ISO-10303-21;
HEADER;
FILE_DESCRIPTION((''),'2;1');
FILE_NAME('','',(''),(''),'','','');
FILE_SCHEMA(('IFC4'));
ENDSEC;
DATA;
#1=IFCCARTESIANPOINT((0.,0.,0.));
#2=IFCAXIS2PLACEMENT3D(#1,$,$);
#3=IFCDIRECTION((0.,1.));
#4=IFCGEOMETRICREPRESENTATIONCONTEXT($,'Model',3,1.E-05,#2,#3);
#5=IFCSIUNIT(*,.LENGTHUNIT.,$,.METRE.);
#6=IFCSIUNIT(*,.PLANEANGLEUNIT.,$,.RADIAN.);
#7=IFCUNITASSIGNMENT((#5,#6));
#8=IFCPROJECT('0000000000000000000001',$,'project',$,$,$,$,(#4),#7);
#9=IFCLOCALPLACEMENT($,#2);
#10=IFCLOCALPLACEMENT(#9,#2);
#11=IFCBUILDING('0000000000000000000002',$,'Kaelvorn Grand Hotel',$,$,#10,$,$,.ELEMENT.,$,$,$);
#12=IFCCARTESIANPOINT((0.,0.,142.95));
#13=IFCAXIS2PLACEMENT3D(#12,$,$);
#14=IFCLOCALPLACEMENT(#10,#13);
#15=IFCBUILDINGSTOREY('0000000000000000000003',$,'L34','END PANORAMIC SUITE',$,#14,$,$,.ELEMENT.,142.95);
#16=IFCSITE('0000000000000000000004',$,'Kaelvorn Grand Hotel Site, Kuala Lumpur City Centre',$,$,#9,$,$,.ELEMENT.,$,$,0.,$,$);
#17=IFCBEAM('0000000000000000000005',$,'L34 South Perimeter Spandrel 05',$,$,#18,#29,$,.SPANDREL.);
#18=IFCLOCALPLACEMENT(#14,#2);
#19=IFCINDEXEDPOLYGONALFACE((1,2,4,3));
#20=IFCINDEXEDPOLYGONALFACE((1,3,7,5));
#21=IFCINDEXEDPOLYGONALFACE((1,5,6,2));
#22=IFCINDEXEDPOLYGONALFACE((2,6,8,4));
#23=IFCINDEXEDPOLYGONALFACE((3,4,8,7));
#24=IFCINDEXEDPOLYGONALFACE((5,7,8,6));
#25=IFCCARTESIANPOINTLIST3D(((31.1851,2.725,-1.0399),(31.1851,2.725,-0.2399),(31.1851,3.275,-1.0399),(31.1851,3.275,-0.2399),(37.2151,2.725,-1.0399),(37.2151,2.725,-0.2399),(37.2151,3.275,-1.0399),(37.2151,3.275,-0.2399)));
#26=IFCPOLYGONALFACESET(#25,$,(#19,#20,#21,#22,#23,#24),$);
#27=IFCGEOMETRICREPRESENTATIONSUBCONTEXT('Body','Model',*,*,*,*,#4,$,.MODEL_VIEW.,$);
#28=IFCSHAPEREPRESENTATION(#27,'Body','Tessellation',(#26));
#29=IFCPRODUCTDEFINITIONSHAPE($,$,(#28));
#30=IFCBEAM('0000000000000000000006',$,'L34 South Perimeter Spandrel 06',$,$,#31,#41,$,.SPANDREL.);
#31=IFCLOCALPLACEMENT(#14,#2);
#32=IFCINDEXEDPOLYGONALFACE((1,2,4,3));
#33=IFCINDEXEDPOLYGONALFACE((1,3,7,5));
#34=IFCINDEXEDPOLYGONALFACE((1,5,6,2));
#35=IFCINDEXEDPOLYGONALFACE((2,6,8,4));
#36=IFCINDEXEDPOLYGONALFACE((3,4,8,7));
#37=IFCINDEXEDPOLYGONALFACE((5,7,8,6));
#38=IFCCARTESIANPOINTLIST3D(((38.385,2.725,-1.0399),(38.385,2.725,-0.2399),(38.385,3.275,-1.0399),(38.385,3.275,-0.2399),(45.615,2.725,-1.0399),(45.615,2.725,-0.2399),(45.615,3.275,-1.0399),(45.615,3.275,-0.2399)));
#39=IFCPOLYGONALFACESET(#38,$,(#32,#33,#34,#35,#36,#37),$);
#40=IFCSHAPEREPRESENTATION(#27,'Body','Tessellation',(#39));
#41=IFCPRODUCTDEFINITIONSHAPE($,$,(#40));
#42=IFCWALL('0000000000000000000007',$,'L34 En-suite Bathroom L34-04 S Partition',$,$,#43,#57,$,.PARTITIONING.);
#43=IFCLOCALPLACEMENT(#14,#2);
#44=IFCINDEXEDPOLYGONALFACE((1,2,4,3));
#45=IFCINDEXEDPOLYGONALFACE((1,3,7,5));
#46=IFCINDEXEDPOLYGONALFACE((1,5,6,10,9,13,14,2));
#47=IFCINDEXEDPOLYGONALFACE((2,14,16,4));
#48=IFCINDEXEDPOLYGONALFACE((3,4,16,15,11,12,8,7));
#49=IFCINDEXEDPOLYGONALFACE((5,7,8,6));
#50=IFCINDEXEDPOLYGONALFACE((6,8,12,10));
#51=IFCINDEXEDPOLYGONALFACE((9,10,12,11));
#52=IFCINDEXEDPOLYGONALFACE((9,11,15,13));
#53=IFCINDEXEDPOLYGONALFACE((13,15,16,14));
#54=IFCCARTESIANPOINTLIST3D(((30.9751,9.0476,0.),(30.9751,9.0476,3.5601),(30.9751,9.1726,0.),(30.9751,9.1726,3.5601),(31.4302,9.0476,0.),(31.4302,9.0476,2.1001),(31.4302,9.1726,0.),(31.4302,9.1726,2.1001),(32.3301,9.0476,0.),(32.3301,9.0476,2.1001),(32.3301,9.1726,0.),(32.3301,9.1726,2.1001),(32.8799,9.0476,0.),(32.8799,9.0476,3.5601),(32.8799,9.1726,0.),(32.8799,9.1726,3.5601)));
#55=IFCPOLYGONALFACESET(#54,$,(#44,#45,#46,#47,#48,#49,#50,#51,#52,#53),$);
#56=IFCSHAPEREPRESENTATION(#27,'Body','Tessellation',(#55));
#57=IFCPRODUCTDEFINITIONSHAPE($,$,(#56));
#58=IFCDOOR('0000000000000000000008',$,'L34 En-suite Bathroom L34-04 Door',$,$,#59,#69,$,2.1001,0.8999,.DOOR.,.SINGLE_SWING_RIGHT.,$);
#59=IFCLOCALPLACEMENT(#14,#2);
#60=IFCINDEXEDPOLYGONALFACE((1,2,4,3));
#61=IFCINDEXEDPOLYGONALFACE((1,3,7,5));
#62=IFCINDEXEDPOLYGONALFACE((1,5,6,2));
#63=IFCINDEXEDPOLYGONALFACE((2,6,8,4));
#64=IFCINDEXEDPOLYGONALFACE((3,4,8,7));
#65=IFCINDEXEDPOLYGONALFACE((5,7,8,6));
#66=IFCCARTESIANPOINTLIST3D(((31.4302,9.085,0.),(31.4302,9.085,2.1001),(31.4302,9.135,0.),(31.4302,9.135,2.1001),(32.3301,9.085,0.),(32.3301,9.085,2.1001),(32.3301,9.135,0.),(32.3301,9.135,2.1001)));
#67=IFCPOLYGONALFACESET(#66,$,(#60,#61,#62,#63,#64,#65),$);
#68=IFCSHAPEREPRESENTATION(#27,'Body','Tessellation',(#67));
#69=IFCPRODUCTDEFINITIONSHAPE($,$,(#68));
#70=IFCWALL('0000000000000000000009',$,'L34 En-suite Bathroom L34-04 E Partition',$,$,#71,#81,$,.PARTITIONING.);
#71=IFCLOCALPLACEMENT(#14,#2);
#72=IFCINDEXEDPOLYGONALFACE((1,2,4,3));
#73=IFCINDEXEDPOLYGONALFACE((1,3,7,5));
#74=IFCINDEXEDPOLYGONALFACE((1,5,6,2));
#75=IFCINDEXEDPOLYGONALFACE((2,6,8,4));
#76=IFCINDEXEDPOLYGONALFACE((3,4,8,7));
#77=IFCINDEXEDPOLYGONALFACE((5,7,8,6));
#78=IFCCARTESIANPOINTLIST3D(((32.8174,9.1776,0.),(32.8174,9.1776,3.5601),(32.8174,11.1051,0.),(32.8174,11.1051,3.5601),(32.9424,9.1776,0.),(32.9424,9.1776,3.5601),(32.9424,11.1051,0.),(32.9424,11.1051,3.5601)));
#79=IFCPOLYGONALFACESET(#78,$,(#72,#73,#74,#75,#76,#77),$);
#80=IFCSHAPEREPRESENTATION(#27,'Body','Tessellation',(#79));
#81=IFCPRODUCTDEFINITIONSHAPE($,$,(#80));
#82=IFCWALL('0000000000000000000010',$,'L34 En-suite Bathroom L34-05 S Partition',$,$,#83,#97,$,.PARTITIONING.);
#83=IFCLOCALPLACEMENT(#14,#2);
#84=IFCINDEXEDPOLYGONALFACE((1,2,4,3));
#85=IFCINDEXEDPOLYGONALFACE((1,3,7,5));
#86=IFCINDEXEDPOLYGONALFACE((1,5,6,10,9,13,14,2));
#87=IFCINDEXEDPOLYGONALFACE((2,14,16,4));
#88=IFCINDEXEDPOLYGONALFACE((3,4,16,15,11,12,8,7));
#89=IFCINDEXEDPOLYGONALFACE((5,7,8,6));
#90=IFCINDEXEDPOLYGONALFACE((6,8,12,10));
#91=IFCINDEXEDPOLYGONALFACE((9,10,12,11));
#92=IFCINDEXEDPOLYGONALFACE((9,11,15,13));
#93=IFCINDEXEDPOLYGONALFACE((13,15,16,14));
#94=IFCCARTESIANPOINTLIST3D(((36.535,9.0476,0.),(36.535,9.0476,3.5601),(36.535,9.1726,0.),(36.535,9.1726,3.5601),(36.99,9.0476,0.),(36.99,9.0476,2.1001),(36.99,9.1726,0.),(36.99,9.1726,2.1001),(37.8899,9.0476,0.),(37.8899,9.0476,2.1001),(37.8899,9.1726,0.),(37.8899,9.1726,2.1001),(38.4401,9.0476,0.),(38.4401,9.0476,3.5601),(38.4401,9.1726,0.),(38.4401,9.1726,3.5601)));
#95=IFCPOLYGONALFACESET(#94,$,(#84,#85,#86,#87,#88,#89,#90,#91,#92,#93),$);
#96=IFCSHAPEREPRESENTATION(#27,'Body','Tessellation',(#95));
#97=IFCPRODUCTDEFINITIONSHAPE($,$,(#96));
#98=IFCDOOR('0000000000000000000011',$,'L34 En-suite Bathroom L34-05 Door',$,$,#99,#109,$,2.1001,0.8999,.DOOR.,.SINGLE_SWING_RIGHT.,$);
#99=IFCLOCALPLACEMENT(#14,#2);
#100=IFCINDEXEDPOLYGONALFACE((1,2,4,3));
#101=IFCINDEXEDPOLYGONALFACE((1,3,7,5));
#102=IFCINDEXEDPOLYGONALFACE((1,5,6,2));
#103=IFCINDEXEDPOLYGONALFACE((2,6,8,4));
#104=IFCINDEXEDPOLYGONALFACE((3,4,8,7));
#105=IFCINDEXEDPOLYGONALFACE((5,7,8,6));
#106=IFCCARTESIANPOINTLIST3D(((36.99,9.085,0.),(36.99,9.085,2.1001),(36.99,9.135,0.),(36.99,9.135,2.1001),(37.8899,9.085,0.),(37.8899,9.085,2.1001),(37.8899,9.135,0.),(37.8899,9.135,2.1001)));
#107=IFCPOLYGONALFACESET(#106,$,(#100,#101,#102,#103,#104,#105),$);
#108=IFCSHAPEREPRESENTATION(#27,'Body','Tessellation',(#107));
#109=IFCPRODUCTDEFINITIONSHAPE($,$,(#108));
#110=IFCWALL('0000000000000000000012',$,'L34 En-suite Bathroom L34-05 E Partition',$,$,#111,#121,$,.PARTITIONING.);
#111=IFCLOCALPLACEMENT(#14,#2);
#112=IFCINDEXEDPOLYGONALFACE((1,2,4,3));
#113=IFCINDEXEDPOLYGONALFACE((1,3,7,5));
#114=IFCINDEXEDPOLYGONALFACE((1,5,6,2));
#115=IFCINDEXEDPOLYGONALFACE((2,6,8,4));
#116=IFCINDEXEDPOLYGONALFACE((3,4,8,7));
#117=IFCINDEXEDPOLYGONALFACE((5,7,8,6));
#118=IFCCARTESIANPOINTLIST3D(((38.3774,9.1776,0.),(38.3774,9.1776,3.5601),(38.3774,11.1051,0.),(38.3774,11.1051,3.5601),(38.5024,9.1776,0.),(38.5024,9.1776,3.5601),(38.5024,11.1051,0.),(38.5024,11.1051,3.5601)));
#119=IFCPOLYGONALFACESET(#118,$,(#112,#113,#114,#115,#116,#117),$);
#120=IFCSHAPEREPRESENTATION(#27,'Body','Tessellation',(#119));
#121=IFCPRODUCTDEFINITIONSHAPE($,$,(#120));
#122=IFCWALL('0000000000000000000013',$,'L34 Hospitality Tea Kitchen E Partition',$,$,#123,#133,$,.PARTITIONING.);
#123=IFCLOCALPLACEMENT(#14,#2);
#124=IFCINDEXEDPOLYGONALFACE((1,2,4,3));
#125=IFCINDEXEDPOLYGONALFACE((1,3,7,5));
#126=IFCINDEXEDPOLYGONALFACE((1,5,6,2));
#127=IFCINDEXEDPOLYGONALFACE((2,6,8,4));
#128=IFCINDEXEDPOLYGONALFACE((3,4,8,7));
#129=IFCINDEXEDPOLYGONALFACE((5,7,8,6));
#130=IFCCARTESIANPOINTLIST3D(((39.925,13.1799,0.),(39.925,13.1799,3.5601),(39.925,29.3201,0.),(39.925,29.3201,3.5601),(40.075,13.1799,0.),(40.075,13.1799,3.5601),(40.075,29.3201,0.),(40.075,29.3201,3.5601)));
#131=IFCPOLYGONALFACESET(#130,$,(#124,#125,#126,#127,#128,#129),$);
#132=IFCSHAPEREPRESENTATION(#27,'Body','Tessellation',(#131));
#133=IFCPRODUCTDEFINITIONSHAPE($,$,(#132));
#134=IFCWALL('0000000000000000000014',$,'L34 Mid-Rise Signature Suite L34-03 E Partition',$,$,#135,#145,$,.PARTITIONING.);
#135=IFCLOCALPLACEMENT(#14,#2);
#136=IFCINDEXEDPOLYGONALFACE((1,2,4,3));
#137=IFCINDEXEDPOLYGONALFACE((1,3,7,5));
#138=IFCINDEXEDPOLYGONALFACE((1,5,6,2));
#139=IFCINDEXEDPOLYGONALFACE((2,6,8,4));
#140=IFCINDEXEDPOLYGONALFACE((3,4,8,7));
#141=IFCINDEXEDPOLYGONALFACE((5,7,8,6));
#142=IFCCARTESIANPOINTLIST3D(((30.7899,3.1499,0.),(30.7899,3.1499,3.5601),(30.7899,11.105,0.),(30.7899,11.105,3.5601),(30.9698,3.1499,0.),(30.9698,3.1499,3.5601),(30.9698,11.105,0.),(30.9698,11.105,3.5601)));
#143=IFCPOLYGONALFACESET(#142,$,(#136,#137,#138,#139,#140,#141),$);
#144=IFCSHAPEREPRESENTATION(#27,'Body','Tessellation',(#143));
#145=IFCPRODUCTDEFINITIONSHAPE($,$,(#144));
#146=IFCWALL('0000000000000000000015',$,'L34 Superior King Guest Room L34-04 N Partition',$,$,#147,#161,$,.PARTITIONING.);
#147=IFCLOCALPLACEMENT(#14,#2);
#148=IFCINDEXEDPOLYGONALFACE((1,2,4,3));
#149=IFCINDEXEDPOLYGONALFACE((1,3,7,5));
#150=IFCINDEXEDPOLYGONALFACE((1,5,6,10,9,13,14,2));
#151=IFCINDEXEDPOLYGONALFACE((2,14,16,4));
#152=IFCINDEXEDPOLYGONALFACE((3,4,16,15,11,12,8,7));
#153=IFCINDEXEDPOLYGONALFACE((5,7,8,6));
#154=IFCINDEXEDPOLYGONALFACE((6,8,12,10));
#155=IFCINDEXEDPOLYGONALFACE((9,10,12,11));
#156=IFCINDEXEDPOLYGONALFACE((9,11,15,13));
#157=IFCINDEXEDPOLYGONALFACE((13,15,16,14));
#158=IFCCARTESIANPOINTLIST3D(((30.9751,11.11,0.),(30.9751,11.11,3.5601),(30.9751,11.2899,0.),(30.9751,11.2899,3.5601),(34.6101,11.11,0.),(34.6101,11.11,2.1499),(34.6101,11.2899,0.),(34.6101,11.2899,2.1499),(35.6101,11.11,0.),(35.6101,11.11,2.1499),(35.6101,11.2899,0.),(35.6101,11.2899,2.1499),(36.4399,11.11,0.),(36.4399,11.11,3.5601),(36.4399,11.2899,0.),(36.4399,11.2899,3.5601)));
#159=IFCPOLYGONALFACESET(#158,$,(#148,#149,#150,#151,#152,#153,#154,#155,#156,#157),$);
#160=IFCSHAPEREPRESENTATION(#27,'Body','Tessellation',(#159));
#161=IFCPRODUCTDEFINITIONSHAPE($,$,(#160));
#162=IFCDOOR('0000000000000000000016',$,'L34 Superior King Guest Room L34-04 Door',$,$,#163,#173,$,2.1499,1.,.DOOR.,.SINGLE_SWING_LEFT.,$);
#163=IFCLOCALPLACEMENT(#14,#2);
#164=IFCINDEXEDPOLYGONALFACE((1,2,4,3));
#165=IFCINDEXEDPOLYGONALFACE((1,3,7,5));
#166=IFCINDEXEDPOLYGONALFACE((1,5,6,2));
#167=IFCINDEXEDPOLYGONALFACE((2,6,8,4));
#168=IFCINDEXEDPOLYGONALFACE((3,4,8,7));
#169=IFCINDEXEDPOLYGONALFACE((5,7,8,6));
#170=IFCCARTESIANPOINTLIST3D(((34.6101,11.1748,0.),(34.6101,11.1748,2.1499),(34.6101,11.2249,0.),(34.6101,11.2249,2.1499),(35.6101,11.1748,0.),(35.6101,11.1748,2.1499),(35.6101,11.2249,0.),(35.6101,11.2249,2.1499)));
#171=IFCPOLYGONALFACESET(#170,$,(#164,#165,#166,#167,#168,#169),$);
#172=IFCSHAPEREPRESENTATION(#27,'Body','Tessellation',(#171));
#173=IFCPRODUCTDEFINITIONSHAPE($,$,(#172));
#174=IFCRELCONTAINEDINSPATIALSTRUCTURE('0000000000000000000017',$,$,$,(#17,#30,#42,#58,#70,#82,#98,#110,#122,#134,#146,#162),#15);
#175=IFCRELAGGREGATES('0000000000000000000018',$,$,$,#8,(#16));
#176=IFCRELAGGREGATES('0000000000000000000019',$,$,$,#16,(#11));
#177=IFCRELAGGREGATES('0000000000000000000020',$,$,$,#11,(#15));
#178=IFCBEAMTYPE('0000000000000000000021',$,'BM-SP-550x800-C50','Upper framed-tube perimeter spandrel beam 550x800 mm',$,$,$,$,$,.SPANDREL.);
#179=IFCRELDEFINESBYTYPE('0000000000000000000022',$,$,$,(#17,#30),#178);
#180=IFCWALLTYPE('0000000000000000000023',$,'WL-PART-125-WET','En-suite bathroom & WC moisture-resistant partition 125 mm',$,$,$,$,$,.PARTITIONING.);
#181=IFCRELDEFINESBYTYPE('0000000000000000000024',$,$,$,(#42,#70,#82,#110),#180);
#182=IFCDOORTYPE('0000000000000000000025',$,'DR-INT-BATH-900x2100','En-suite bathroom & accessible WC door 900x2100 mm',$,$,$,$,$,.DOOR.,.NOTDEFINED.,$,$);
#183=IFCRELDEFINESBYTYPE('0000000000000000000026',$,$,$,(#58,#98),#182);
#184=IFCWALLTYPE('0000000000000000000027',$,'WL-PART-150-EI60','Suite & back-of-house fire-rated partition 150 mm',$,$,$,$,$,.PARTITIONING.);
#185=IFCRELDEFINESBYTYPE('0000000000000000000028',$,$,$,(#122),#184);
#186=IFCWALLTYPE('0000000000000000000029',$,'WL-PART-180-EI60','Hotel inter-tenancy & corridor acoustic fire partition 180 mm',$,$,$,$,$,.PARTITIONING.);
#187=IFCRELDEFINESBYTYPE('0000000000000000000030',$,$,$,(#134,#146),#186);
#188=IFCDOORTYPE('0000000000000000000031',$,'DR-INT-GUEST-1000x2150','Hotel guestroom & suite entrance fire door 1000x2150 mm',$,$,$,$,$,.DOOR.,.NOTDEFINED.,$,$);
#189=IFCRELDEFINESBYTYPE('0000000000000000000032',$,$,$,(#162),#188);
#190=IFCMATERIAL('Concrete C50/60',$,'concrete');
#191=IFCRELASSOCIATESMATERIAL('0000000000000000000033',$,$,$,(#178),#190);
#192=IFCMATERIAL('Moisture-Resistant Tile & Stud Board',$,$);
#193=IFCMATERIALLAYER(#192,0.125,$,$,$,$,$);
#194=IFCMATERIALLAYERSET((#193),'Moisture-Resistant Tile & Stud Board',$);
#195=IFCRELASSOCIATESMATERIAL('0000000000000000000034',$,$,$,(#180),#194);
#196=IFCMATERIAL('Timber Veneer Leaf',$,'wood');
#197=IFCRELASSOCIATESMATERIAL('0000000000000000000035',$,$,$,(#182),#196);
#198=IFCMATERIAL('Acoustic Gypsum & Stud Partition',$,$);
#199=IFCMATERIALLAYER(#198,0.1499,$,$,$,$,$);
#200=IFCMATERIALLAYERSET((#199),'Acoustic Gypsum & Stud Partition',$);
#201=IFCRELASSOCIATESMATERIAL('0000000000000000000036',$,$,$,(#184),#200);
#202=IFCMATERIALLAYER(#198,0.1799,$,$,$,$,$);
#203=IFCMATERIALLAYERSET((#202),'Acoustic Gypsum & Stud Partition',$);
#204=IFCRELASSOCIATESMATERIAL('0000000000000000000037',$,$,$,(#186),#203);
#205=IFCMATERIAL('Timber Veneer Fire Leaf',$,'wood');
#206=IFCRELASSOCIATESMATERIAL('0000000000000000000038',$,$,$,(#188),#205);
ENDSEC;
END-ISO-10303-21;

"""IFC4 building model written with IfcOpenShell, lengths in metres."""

from ifc_helpers import new_model, si_unit, direction, frame, frame_2d, origin, origin_2d, place, context, subcontext, project, spatial, rectangle, extrude, material, layer, layer_set, material_profile, profile_set, type_object, element, fill, save


model = new_model("IFC4")

# Units and contexts
model_context = context("Model", 3, precision=1e-05, world=origin(), true_north=direction((0.0, 1.0)))
body_context = subcontext(model_context, "Body", "Model", "MODEL_VIEW")
ifc_project = project(units=[si_unit("LENGTHUNIT", "METRE"), si_unit("PLANEANGLEUNIT", "RADIAN")], contexts=[model_context])

# Site, building, storey
site_placement = place(None, origin())
site = spatial("IfcSite", under=ifc_project, at=site_placement, Name="Kaelvorn Grand Hotel Site, Kuala Lumpur City Centre", CompositionType="ELEMENT", RefElevation=0.0)
building_placement = place(site_placement, origin())
building = spatial("IfcBuilding", under=site, at=building_placement, Name="Kaelvorn Grand Hotel", CompositionType="ELEMENT")
storey_placement = place(building_placement, frame((0.0, 0.0, 142.95)))
storey = spatial("IfcBuildingStorey", under=building, at=storey_placement, Name="L34", Description="END PANORAMIC SUITE", CompositionType="ELEMENT", Elevation=142.95)

# Beams
ifc_material_1 = material(Name="Concrete C50/60", Category="concrete")
ifc_material_profile_1 = material_profile(ifc_material_1, rectangle(XDim=0.55, YDim=0.8, at=origin_2d()), Name="RC SPANDREL 550x800")
ifc_profile_set_1 = profile_set([ifc_material_profile_1], Name="Concrete C50/60")
beam_type_1 = type_object("IfcBeamType", Name="BM-SP-550x800-C50", Description="Upper framed-tube perimeter spandrel beam 550x800 mm", PredefinedType="SPANDREL", material=ifc_profile_set_1)
beam_1_placement = place(storey_placement, frame((31.1851, 3.0, -0.6399), z_axis=(1.0, 0.0, 0.0), x_axis=(0.0, 1.0, 0.0)))
element("IfcBeam", 1, at=beam_1_placement, inside=storey, type_object=beam_type_1, Name="L34 South Perimeter Spandrel 05", PredefinedType="SPANDREL", context=body_context, shape_type="SweptSolid", body=[
    extrude(rectangle(XDim=0.55, YDim=0.8, at=origin_2d()), origin(), (0.0, 0.0, 1.0), 6.03),
])
beam_2_placement = place(storey_placement, frame((38.385, 3.0, -0.6399), z_axis=(1.0, 0.0, 0.0), x_axis=(0.0, 1.0, 0.0)))
element("IfcBeam", 2, at=beam_2_placement, inside=storey, type_object=beam_type_1, Name="L34 South Perimeter Spandrel 06", PredefinedType="SPANDREL", context=body_context, shape_type="SweptSolid", body=[
    extrude(rectangle(XDim=0.55, YDim=0.8, at=origin_2d()), origin(), (0.0, 0.0, 1.0), 7.23),
])

# Wall, opening, door
ifc_material_2 = material(Name="Moisture-Resistant Tile & Stud Board")
ifc_layer_1 = layer(ifc_material_2, 0.125)
ifc_layer_set_1 = layer_set([ifc_layer_1], Name="Moisture-Resistant Tile & Stud Board")
wall_type_1 = type_object("IfcWallType", Name="WL-PART-125-WET", Description="En-suite bathroom & WC moisture-resistant partition 125 mm", PredefinedType="PARTITIONING", material=ifc_layer_set_1)
wall_1_placement = place(storey_placement, frame((30.9751, 9.1101, 0.0), z_axis=(0.0, 0.0, 1.0), x_axis=(1.0, 0.0, 0.0)))
wall_1 = element("IfcWall", 3, at=wall_1_placement, inside=storey, type_object=wall_type_1, Name="L34 En-suite Bathroom L34-04 S Partition", PredefinedType="PARTITIONING", context=body_context, shape_type="SweptSolid", body=[
    extrude(rectangle(XDim=1.9048, YDim=0.125, at=frame_2d((0.9524, 0.0))), origin(), (0.0, 0.0, 1.0), 3.5601),
])
opening_1_placement = place(wall_1_placement, frame((0.4551, 0.0, 0.0)))
opening_1 = element("IfcOpeningElement", 4, at=opening_1_placement, cuts=wall_1, PredefinedType="OPENING", context=body_context, shape_type="SweptSolid", body=[
    extrude(rectangle(XDim=0.8999, YDim=2.1001, at=frame_2d((0.45, 1.05))), frame((0.0, 0.0725, 0.0), z_axis=(0.0, -1.0, 0.0), x_axis=(1.0, 0.0, 0.0)), (0.0, 0.0, 1.0), 0.145),
])
ifc_material_3 = material(Name="Timber Veneer Leaf", Category="wood")
door_type_1 = type_object("IfcDoorType", Name="DR-INT-BATH-900x2100", Description="En-suite bathroom & accessible WC door 900x2100 mm", OperationType="NOTDEFINED", PredefinedType="DOOR", material=ifc_material_3)
door_1_placement = place(opening_1_placement, origin())
door_1 = element("IfcDoor", 5, at=door_1_placement, inside=storey, type_object=door_type_1, Name="L34 En-suite Bathroom L34-04 Door", OperationType="SINGLE_SWING_RIGHT", OverallHeight=2.1001, OverallWidth=0.8999, PredefinedType="DOOR", context=body_context, shape_type="SweptSolid", body=[
    extrude(rectangle(XDim=0.8999, YDim=2.1001, at=frame_2d((0.45, 1.05))), frame((0.0, 0.0249, 0.0), z_axis=(0.0, -1.0, 0.0), x_axis=(1.0, 0.0, 0.0)), (0.0, 0.0, 1.0), 0.05),
])
fill(opening_1, door_1)

# Wall
wall_2_placement = place(storey_placement, frame((32.8799, 9.1775, 0.0), z_axis=(0.0, 0.0, 1.0), x_axis=(0.0, 1.0, 0.0)))
element("IfcWall", 6, at=wall_2_placement, inside=storey, type_object=wall_type_1, Name="L34 En-suite Bathroom L34-04 E Partition", PredefinedType="PARTITIONING", context=body_context, shape_type="SweptSolid", body=[
    extrude(rectangle(XDim=1.9275, YDim=0.125, at=frame_2d((0.9639, 0.0))), origin(), (0.0, 0.0, 1.0), 3.5601),
])

# Wall, opening, door
wall_3_placement = place(storey_placement, frame((36.5349, 9.1101, 0.0), z_axis=(0.0, 0.0, 1.0), x_axis=(1.0, 0.0, 0.0)))
wall_3 = element("IfcWall", 7, at=wall_3_placement, inside=storey, type_object=wall_type_1, Name="L34 En-suite Bathroom L34-05 S Partition", PredefinedType="PARTITIONING", context=body_context, shape_type="SweptSolid", body=[
    extrude(rectangle(XDim=1.905, YDim=0.125, at=frame_2d((0.9526, 0.0))), origin(), (0.0, 0.0, 1.0), 3.5601),
])
opening_2_placement = place(wall_3_placement, frame((0.4551, 0.0, 0.0)))
opening_2 = element("IfcOpeningElement", 8, at=opening_2_placement, cuts=wall_3, PredefinedType="OPENING", context=body_context, shape_type="SweptSolid", body=[
    extrude(rectangle(XDim=0.8999, YDim=2.1001, at=frame_2d((0.45, 1.05))), frame((0.0, 0.0725, 0.0), z_axis=(0.0, -1.0, 0.0), x_axis=(1.0, 0.0, 0.0)), (0.0, 0.0, 1.0), 0.145),
])
door_2_placement = place(opening_2_placement, origin())
door_2 = element("IfcDoor", 9, at=door_2_placement, inside=storey, type_object=door_type_1, Name="L34 En-suite Bathroom L34-05 Door", OperationType="SINGLE_SWING_RIGHT", OverallHeight=2.1001, OverallWidth=0.8999, PredefinedType="DOOR", context=body_context, shape_type="SweptSolid", body=[
    extrude(rectangle(XDim=0.8999, YDim=2.1001, at=frame_2d((0.45, 1.05))), frame((0.0, 0.0249, 0.0), z_axis=(0.0, -1.0, 0.0), x_axis=(1.0, 0.0, 0.0)), (0.0, 0.0, 1.0), 0.05),
])
fill(opening_2, door_2)

# Walls
wall_4_placement = place(storey_placement, frame((38.4399, 9.1775, 0.0), z_axis=(0.0, 0.0, 1.0), x_axis=(0.0, 1.0, 0.0)))
element("IfcWall", 10, at=wall_4_placement, inside=storey, type_object=wall_type_1, Name="L34 En-suite Bathroom L34-05 E Partition", PredefinedType="PARTITIONING", context=body_context, shape_type="SweptSolid", body=[
    extrude(rectangle(XDim=1.9275, YDim=0.125, at=frame_2d((0.9639, 0.0))), origin(), (0.0, 0.0, 1.0), 3.5601),
])
ifc_material_4 = material(Name="Acoustic Gypsum & Stud Partition")
ifc_layer_2 = layer(ifc_material_4, 0.1499)
ifc_layer_set_2 = layer_set([ifc_layer_2], Name="Acoustic Gypsum & Stud Partition")
wall_type_2 = type_object("IfcWallType", Name="WL-PART-150-EI60", Description="Suite & back-of-house fire-rated partition 150 mm", PredefinedType="PARTITIONING", material=ifc_layer_set_2)
wall_5_placement = place(storey_placement, frame((40.0, 13.1799, 0.0), z_axis=(0.0, 0.0, 1.0), x_axis=(0.0, 1.0, 0.0)))
element("IfcWall", 11, at=wall_5_placement, inside=storey, type_object=wall_type_2, Name="L34 Hospitality Tea Kitchen E Partition", PredefinedType="PARTITIONING", context=body_context, shape_type="SweptSolid", body=[
    extrude(rectangle(XDim=16.1401, YDim=0.1499, at=frame_2d((8.0701, 0.0))), origin(), (0.0, 0.0, 1.0), 3.5601),
])
ifc_layer_3 = layer(ifc_material_4, 0.1799)
ifc_layer_set_3 = layer_set([ifc_layer_3], Name="Acoustic Gypsum & Stud Partition")
wall_type_3 = type_object("IfcWallType", Name="WL-PART-180-EI60", Description="Hotel inter-tenancy & corridor acoustic fire partition 180 mm", PredefinedType="PARTITIONING", material=ifc_layer_set_3)
wall_6_placement = place(storey_placement, frame((30.8799, 3.1499, 0.0), z_axis=(0.0, 0.0, 1.0), x_axis=(0.0, 1.0, 0.0)))
element("IfcWall", 12, at=wall_6_placement, inside=storey, type_object=wall_type_3, Name="L34 Mid-Rise Signature Suite L34-03 E Partition", PredefinedType="PARTITIONING", context=body_context, shape_type="SweptSolid", body=[
    extrude(rectangle(XDim=7.9551, YDim=0.1799, at=frame_2d((3.9775, 0.0))), origin(), (0.0, 0.0, 1.0), 3.5601),
])

# Wall, opening, door
wall_7_placement = place(storey_placement, frame((30.9751, 11.2, 0.0), z_axis=(0.0, 0.0, 1.0), x_axis=(1.0, 0.0, 0.0)))
wall_7 = element("IfcWall", 13, at=wall_7_placement, inside=storey, type_object=wall_type_3, Name="L34 Superior King Guest Room L34-04 N Partition", PredefinedType="PARTITIONING", context=body_context, shape_type="SweptSolid", body=[
    extrude(rectangle(XDim=5.4648, YDim=0.1799, at=frame_2d((2.7324, 0.0))), origin(), (0.0, 0.0, 1.0), 3.5601),
])
opening_3_placement = place(wall_7_placement, frame((3.635, 0.0, 0.0)))
opening_3 = element("IfcOpeningElement", 14, at=opening_3_placement, cuts=wall_7, PredefinedType="OPENING", context=body_context, shape_type="SweptSolid", body=[
    extrude(rectangle(XDim=1.0, YDim=2.1499, at=frame_2d((0.5, 1.075))), frame((0.0, 0.1001, 0.0), z_axis=(0.0, -1.0, 0.0), x_axis=(1.0, 0.0, 0.0)), (0.0, 0.0, 1.0), 0.2),
])
ifc_material_5 = material(Name="Timber Veneer Fire Leaf", Category="wood")
door_type_2 = type_object("IfcDoorType", Name="DR-INT-GUEST-1000x2150", Description="Hotel guestroom & suite entrance fire door 1000x2150 mm", OperationType="NOTDEFINED", PredefinedType="DOOR", material=ifc_material_5)
door_3_placement = place(opening_3_placement, origin())
door_3 = element("IfcDoor", 15, at=door_3_placement, inside=storey, type_object=door_type_2, Name="L34 Superior King Guest Room L34-04 Door", OperationType="SINGLE_SWING_LEFT", OverallHeight=2.1499, OverallWidth=1.0, PredefinedType="DOOR", context=body_context, shape_type="SweptSolid", body=[
    extrude(rectangle(XDim=1.0, YDim=2.1499, at=frame_2d((0.5, 1.075))), frame((0.0, 0.0249, 0.0), z_axis=(0.0, -1.0, 0.0), x_axis=(1.0, 0.0, 0.0)), (0.0, 0.0, 1.0), 0.05),
])
fill(opening_3, door_3)

save(model, "model.ifc")
